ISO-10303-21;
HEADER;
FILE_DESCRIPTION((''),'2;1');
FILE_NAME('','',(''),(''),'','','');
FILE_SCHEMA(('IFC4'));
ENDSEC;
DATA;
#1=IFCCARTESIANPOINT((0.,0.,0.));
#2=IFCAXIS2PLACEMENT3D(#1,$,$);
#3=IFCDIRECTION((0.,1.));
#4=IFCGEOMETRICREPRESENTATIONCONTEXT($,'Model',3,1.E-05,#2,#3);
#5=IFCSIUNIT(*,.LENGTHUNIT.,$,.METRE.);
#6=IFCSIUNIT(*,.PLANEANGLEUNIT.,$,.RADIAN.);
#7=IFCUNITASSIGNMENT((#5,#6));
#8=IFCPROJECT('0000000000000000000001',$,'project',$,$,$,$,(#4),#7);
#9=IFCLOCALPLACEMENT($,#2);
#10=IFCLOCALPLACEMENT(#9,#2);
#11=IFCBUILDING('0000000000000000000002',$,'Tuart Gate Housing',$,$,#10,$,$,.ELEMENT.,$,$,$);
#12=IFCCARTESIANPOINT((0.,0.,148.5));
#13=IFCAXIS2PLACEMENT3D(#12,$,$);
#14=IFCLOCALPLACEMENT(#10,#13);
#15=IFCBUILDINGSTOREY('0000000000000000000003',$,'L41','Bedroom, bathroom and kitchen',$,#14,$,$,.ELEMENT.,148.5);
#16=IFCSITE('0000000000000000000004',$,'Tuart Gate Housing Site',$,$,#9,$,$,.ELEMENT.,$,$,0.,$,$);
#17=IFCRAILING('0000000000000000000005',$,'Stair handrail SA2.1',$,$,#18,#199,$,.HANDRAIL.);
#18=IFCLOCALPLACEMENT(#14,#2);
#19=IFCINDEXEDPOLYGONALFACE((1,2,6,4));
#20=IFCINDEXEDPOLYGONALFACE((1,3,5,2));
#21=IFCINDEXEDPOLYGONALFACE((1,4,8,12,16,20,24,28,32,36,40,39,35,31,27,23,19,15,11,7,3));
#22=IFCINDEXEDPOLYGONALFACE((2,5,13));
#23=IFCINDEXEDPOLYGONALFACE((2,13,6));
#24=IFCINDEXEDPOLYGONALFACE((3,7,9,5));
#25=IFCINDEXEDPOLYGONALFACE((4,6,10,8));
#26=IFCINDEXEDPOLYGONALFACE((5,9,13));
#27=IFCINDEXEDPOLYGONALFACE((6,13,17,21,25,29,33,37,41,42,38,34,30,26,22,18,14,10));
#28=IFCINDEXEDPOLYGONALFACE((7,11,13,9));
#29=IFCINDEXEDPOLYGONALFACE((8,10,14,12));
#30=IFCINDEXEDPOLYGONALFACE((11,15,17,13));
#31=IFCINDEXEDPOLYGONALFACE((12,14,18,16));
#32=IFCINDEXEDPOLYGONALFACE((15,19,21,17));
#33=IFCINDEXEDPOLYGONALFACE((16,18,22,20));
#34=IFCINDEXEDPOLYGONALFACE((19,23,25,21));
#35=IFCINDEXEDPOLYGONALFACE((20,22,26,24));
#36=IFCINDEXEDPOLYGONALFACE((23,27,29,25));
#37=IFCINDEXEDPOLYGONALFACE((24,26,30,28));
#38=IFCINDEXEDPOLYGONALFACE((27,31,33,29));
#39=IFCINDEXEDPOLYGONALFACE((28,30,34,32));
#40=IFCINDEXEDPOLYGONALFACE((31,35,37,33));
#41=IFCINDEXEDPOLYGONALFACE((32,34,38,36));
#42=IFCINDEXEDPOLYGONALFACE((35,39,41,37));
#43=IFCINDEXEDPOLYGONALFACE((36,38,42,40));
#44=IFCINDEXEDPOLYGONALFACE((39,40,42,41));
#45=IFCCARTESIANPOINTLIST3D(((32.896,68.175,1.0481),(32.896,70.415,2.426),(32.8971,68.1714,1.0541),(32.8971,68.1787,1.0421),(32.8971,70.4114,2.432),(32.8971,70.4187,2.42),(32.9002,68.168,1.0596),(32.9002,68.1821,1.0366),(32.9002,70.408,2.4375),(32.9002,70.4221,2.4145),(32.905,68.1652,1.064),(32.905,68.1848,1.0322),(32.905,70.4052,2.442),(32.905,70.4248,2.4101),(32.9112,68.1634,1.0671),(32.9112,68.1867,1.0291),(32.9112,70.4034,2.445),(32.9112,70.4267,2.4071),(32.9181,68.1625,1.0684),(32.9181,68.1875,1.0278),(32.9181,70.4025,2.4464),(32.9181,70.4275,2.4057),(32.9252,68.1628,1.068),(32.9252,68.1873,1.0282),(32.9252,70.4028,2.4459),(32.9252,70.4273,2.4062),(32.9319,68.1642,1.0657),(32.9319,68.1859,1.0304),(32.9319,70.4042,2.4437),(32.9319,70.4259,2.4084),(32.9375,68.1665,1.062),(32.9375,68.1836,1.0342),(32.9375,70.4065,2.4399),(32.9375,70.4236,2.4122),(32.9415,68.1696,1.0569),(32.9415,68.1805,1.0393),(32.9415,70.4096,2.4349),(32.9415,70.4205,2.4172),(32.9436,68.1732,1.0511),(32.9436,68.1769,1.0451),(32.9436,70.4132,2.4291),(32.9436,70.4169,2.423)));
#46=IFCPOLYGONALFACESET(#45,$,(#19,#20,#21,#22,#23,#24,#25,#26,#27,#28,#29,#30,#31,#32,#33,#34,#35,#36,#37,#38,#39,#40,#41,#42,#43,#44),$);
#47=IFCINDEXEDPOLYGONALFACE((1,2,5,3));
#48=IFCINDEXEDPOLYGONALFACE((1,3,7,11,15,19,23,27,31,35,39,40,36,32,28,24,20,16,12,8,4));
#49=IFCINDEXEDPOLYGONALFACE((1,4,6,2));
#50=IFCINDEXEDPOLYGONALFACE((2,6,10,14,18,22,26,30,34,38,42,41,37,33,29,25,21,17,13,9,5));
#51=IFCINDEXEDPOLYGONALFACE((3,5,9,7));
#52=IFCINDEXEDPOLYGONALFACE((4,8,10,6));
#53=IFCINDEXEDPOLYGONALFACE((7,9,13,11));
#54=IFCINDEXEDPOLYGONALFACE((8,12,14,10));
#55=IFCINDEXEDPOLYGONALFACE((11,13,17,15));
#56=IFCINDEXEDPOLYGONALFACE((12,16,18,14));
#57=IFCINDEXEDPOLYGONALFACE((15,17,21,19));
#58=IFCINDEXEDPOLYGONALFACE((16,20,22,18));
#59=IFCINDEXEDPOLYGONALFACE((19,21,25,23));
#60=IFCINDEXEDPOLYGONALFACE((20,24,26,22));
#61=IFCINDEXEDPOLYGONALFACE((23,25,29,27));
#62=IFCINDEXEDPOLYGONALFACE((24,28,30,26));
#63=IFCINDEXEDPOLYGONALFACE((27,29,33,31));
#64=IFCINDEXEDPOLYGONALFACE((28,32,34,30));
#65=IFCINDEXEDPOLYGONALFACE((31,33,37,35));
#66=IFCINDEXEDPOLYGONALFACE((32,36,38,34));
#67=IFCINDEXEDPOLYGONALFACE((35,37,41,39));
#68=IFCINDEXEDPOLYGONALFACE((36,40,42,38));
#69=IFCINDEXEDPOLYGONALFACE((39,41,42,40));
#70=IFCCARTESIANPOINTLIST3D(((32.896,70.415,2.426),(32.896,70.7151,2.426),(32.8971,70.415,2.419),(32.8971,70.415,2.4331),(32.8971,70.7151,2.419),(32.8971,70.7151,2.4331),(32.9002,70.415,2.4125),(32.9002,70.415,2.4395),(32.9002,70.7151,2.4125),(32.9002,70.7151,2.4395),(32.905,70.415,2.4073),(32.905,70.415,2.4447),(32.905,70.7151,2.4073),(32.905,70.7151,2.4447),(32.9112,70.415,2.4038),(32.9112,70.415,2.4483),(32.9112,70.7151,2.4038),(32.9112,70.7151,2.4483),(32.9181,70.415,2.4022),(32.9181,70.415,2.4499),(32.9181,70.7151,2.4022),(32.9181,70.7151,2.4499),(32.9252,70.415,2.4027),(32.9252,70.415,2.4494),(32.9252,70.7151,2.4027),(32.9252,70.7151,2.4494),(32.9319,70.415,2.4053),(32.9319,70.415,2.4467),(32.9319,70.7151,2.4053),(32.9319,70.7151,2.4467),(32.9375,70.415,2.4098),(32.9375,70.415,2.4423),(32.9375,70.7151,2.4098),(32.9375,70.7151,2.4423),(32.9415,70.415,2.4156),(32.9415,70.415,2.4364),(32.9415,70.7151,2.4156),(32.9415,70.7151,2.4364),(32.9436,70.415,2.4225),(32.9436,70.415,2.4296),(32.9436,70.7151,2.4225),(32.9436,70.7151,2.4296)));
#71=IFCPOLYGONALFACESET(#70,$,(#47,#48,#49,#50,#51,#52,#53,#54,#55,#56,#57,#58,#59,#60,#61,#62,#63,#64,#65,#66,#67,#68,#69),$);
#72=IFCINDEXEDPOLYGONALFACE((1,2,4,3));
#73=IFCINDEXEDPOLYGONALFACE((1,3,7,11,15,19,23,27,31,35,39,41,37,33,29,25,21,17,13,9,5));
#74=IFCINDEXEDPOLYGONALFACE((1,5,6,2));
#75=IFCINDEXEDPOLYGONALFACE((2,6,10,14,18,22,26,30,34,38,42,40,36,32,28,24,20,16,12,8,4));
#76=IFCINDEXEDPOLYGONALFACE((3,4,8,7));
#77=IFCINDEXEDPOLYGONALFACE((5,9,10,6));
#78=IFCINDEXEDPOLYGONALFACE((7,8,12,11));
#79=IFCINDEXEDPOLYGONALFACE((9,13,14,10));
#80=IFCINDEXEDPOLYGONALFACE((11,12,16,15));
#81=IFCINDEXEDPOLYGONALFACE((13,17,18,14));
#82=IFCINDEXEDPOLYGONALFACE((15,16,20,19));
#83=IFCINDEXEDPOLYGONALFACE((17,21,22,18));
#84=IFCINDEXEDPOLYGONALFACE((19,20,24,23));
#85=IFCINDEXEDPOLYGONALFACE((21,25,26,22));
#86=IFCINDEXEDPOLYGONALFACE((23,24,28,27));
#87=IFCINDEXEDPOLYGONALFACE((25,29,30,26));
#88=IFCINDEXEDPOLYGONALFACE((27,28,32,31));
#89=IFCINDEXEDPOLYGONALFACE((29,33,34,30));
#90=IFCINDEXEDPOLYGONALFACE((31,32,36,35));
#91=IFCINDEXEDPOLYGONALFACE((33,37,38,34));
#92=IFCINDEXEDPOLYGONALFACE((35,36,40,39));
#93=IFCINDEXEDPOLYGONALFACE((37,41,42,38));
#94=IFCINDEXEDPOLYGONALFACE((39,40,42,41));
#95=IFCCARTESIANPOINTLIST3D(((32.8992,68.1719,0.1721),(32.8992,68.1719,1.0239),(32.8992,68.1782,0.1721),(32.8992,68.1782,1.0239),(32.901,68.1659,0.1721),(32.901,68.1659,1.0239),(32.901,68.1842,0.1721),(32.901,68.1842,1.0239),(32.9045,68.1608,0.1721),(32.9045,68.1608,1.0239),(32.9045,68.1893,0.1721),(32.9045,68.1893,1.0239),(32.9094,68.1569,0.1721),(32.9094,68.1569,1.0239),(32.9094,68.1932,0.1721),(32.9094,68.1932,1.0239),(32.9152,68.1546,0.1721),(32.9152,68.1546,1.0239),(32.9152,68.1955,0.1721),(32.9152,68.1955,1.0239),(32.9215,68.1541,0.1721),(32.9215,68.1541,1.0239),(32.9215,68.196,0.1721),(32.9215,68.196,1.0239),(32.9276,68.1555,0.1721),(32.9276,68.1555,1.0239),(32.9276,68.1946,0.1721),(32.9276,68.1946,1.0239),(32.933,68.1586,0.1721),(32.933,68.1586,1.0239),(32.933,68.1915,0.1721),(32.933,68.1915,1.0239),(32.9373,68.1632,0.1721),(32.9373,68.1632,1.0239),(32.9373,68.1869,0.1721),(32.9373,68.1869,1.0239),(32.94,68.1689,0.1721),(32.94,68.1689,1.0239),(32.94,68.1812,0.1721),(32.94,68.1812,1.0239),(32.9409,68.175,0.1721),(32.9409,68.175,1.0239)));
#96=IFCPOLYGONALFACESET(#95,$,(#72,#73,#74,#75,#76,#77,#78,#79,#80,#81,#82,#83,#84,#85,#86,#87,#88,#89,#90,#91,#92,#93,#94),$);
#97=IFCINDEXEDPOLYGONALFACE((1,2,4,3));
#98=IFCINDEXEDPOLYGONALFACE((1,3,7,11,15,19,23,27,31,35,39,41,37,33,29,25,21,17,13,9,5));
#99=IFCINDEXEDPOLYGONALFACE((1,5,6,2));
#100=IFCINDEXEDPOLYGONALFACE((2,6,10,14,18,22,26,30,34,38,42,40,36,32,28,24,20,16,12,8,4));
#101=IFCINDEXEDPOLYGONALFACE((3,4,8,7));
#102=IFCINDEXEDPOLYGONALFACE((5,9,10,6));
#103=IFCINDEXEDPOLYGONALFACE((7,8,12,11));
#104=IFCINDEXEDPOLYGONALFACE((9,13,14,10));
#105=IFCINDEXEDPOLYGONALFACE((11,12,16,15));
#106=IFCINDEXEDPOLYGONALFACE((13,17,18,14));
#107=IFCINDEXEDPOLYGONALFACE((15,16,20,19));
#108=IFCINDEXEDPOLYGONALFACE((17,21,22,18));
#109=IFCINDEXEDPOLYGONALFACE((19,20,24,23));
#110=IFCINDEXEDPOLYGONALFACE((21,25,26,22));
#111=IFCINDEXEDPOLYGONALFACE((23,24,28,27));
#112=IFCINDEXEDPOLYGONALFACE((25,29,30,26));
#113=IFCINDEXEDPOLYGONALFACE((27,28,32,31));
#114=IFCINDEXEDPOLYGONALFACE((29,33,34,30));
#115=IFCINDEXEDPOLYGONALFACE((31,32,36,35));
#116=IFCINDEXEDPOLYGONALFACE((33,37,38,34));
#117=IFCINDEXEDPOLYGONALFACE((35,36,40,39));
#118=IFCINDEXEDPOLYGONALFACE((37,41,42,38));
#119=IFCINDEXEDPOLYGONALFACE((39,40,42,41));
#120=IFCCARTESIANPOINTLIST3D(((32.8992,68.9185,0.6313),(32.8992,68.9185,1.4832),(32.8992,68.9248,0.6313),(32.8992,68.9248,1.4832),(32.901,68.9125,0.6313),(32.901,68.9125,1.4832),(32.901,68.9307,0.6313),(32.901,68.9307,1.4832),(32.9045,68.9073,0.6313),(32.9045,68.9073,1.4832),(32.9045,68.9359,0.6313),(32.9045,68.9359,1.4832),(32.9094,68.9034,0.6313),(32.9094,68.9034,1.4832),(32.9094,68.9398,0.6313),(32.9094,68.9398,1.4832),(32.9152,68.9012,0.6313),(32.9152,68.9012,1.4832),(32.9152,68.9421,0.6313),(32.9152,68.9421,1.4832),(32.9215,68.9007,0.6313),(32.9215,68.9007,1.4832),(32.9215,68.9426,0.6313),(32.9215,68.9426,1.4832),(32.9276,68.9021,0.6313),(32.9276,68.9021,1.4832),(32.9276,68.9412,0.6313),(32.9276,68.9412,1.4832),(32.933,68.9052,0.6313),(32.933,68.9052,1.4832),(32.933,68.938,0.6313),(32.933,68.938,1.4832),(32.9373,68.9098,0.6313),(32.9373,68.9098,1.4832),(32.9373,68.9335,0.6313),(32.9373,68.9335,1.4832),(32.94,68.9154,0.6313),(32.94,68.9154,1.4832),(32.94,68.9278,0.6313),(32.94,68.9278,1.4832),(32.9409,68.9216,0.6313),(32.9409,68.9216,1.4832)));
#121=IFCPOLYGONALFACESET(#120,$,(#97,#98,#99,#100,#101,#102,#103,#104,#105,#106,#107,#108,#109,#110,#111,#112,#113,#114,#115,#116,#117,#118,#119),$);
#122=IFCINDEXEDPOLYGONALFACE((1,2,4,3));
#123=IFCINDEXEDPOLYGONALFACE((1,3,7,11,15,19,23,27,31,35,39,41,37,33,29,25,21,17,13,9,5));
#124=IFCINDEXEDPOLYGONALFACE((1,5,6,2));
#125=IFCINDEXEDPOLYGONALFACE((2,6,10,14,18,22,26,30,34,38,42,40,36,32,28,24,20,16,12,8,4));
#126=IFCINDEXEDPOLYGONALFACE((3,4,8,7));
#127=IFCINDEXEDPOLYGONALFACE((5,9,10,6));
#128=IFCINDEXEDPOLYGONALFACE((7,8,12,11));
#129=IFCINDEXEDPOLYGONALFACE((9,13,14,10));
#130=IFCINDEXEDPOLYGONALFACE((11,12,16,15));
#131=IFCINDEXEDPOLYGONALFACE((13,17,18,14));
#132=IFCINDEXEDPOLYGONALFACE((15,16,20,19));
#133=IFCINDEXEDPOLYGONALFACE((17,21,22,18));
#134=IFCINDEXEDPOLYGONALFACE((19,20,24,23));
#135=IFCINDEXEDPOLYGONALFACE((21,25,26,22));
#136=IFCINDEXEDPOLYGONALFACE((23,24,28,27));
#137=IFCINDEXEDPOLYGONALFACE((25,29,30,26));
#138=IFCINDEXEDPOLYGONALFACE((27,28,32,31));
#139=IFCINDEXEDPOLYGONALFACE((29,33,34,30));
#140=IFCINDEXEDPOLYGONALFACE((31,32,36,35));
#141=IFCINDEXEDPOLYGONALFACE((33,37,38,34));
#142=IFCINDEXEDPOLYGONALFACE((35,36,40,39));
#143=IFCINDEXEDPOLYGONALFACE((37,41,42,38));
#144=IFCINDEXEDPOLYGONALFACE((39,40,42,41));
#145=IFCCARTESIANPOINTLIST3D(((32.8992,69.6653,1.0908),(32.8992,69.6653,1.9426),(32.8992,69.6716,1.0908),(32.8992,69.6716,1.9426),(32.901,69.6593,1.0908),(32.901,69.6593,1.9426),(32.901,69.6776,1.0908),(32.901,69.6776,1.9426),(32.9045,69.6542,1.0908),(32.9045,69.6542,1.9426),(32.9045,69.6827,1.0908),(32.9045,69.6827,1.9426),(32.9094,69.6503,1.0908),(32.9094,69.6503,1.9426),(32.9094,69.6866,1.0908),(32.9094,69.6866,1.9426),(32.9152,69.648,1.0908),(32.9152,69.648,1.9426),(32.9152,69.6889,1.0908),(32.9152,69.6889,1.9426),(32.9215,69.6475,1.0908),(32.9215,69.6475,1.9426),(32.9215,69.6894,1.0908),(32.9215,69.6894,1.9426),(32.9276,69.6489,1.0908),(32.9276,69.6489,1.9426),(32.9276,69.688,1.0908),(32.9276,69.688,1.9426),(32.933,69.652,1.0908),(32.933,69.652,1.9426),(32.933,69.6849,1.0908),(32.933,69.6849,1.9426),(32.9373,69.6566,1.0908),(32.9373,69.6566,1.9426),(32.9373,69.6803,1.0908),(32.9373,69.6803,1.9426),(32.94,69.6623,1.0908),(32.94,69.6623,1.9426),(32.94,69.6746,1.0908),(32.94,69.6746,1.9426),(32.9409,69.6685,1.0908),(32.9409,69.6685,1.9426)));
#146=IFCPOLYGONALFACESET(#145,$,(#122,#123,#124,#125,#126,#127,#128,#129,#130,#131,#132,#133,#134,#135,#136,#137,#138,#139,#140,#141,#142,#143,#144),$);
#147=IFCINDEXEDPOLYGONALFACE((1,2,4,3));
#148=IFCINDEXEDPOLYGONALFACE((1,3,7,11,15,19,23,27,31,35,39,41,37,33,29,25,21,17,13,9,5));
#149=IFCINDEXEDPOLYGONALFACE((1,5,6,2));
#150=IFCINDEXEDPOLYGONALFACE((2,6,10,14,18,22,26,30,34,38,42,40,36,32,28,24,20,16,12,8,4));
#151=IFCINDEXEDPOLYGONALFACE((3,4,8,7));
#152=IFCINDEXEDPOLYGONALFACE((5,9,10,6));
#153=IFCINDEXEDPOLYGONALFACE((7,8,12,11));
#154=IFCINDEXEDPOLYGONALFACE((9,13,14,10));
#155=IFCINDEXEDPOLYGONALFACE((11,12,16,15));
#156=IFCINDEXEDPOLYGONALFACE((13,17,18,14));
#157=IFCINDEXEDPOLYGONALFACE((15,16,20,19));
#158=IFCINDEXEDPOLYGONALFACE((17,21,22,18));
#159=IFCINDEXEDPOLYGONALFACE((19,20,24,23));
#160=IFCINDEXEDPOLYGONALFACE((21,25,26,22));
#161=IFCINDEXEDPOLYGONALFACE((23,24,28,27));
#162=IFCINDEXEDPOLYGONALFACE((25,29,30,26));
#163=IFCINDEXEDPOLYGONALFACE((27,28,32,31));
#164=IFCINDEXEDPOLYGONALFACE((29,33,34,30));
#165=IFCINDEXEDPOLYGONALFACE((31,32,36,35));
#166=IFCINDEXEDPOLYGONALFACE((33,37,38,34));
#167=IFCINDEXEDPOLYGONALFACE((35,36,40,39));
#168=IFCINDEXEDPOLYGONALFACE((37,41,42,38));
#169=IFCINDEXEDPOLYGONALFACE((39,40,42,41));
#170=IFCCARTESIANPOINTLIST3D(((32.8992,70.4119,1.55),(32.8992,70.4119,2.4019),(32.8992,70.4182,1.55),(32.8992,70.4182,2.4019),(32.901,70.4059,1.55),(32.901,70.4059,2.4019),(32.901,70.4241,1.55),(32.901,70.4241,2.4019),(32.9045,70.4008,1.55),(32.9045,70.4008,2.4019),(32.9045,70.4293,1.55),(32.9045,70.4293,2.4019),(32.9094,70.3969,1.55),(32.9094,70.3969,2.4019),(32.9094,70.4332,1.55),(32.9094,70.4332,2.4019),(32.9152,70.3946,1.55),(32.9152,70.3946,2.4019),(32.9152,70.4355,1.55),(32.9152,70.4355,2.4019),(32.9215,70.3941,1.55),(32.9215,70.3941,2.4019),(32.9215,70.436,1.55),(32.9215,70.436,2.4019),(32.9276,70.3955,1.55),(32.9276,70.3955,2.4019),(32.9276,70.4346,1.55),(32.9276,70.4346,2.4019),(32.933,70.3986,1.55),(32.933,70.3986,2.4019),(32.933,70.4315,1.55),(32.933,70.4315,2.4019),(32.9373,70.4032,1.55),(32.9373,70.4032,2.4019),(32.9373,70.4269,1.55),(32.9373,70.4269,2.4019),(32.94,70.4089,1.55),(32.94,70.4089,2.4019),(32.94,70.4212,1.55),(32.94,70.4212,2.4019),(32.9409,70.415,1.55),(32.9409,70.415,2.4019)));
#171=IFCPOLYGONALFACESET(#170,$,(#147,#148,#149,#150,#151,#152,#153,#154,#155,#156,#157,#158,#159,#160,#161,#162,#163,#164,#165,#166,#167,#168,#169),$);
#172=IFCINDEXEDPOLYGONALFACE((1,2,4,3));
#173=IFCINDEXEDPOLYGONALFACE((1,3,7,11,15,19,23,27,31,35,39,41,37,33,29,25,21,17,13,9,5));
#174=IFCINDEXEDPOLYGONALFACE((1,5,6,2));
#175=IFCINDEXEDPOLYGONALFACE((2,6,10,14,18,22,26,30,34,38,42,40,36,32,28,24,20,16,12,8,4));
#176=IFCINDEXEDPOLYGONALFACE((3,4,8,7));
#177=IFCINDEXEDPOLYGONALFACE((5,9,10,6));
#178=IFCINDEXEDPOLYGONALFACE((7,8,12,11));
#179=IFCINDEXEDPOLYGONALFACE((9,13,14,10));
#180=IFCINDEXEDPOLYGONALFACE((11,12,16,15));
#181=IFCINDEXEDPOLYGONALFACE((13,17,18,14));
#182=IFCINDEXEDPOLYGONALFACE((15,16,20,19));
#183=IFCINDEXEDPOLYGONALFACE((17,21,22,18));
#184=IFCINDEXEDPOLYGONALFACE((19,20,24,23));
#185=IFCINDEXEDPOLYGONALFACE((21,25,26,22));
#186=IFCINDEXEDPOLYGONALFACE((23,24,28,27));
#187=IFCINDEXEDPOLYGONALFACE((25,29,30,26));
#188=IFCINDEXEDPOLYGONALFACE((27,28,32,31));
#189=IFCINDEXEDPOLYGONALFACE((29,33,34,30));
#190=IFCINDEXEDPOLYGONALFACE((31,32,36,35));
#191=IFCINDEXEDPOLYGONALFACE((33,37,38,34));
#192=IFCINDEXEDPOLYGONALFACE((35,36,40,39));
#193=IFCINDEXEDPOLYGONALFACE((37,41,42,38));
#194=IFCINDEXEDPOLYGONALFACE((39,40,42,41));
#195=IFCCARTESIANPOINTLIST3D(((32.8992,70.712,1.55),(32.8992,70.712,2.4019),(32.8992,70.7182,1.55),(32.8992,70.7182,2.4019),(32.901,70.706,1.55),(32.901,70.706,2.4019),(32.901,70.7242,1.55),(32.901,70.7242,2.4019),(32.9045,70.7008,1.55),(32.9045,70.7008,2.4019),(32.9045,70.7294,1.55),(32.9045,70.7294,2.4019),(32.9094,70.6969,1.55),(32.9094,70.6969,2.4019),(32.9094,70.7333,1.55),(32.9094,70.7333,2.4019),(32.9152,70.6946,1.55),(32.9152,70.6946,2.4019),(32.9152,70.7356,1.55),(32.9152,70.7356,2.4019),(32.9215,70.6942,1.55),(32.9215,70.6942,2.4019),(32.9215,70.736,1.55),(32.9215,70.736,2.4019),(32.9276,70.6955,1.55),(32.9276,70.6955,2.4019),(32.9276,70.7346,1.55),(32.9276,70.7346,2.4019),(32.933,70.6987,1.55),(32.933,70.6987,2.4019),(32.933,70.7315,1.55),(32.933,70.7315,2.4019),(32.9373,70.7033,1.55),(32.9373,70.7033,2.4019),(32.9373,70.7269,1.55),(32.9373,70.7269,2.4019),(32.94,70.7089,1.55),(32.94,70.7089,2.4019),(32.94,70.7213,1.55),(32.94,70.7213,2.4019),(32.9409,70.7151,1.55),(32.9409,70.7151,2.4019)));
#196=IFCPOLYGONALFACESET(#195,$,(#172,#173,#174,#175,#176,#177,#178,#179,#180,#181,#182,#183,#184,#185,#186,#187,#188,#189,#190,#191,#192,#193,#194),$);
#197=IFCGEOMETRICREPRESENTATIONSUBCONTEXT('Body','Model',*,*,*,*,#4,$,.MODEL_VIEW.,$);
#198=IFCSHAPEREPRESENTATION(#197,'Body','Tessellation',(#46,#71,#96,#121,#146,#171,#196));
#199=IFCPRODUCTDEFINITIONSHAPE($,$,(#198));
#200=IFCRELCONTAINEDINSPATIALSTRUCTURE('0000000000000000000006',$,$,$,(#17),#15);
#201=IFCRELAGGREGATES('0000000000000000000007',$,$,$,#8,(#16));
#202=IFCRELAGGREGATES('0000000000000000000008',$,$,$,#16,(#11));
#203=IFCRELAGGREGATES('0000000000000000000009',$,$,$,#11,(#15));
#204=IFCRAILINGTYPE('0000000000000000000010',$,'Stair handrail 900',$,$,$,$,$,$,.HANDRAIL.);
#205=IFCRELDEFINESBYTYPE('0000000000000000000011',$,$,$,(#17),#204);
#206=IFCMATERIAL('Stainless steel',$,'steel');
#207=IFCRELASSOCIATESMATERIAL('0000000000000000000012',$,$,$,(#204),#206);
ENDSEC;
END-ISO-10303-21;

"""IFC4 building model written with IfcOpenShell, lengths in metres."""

from ifc_helpers import new_model, si_unit, direction, frame, origin, origin_2d, place, context, subcontext, project, spatial, circle, extrude, material, type_object, element, save


model = new_model("IFC4")

# Units and contexts
model_context = context("Model", 3, precision=1e-05, world=origin(), true_north=direction((0.0, 1.0)))
body_context = subcontext(model_context, "Body", "Model", "MODEL_VIEW")
ifc_project = project(units=[si_unit("LENGTHUNIT", "METRE"), si_unit("PLANEANGLEUNIT", "RADIAN")], contexts=[model_context])

# Site, building, storey
site_placement = place(None, origin())
site = spatial("IfcSite", under=ifc_project, at=site_placement, Name="Tuart Gate Housing Site", CompositionType="ELEMENT", RefElevation=0.0)
building_placement = place(site_placement, origin())
building = spatial("IfcBuilding", under=site, at=building_placement, Name="Tuart Gate Housing", CompositionType="ELEMENT")
storey_placement = place(building_placement, frame((0.0, 0.0, 148.5)))
storey = spatial("IfcBuildingStorey", under=building, at=storey_placement, Name="L41", Description="Bedroom, bathroom and kitchen", CompositionType="ELEMENT", Elevation=148.5)

# Railing
ifc_material_1 = material(Name="Stainless steel", Category="steel")
railing_type = type_object("IfcRailingType", Name="Stair handrail 900", PredefinedType="HANDRAIL", material=ifc_material_1)
railing_placement = place(storey_placement, frame((32.9199, 68.175, 0.1721)))
element("IfcRailing", 1, at=railing_placement, inside=storey, type_object=railing_type, Name="Stair handrail SA2.1", PredefinedType="HANDRAIL", context=body_context, shape_type="SweptSolid", body=[
    extrude(circle(Radius=0.0239, at=origin_2d()), frame((0.0, 0.0, 0.876), z_axis=(0.0, 0.851748, 0.523952), x_axis=(-1.0, 0.0, 0.0)), (0.0, 0.0, 1.0), 2.6299),
    extrude(circle(Radius=0.0239, at=origin_2d()), frame((0.0, 2.24, 2.2539), z_axis=(0.0, 1.0, 0.0), x_axis=(-1.0, 0.0, 0.0)), (0.0, 0.0, 1.0), 0.3),
    extrude(circle(Radius=0.021, at=origin_2d()), origin(), (0.0, 0.0, 1.0), 0.8518),
    extrude(circle(Radius=0.021, at=origin_2d()), frame((0.0, 0.7466, 0.4592)), (0.0, 0.0, 1.0), 0.8518),
    extrude(circle(Radius=0.021, at=origin_2d()), frame((0.0, 1.4934, 0.9187)), (0.0, 0.0, 1.0), 0.8518),
    extrude(circle(Radius=0.021, at=origin_2d()), frame((0.0, 2.24, 1.3779)), (0.0, 0.0, 1.0), 0.8518),
    extrude(circle(Radius=0.021, at=origin_2d()), frame((0.0, 2.54, 1.3779)), (0.0, 0.0, 1.0), 0.8518),
])

save(model, "model.ifc")
